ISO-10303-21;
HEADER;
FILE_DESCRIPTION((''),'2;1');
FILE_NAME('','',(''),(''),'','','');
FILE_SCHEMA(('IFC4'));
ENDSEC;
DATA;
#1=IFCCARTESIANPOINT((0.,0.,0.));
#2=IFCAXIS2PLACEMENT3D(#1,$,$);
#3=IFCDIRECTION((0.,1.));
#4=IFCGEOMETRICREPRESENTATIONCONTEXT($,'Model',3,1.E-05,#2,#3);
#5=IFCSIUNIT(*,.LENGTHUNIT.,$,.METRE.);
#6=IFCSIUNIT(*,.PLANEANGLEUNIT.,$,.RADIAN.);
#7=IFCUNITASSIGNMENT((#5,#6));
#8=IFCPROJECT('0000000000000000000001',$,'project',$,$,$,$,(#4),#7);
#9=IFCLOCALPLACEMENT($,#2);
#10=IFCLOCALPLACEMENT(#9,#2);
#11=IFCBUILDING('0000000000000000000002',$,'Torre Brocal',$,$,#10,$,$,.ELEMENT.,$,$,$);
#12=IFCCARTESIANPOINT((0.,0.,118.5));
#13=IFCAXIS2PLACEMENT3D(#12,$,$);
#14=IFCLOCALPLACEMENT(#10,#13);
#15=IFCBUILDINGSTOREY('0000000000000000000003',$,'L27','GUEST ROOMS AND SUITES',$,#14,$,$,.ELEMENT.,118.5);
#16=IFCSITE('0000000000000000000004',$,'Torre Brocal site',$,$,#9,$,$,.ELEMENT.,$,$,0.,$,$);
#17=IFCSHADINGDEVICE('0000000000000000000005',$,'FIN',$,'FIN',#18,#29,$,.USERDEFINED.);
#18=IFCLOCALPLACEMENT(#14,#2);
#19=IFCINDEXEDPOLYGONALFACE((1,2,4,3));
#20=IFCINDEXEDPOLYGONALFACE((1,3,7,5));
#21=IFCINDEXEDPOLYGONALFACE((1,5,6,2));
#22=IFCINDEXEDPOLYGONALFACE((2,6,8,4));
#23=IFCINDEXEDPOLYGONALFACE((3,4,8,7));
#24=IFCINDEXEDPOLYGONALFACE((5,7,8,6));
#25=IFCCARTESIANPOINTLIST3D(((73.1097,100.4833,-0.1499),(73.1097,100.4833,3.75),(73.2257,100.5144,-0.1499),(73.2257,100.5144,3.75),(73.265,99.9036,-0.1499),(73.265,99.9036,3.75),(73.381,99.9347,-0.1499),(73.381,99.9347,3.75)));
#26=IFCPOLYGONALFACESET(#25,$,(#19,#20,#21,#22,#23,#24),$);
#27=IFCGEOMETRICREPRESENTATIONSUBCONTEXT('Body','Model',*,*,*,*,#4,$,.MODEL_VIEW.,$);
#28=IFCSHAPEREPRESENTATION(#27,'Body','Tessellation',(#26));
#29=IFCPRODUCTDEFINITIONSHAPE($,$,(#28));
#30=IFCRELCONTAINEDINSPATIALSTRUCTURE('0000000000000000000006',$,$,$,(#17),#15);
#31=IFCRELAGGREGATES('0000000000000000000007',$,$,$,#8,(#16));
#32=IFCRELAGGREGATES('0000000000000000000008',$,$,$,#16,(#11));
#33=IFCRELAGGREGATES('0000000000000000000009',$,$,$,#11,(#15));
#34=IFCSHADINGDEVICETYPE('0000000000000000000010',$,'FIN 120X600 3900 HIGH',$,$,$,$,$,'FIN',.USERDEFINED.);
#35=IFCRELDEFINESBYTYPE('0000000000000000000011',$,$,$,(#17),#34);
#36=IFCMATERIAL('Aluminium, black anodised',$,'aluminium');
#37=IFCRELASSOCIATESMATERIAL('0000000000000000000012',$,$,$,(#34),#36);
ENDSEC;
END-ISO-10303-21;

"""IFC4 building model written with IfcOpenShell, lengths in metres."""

from ifc_helpers import new_model, si_unit, direction, frame, origin, origin_2d, place, context, subcontext, project, spatial, rectangle, extrude, material, material_profile, profile_set, type_object, element, save


model = new_model("IFC4")

# Units and contexts
model_context = context("Model", 3, precision=1e-05, world=origin(), true_north=direction((0.0, 1.0)))
body_context = subcontext(model_context, "Body", "Model", "MODEL_VIEW")
ifc_project = project(units=[si_unit("LENGTHUNIT", "METRE"), si_unit("PLANEANGLEUNIT", "RADIAN")], contexts=[model_context])

# Site, building, storey
site_placement = place(None, origin())
site = spatial("IfcSite", under=ifc_project, at=site_placement, Name="Torre Brocal site", CompositionType="ELEMENT", RefElevation=0.0)
building_placement = place(site_placement, origin())
building = spatial("IfcBuilding", under=site, at=building_placement, Name="Torre Brocal", CompositionType="ELEMENT")
storey_placement = place(building_placement, frame((0.0, 0.0, 118.5)))
storey = spatial("IfcBuildingStorey", under=building, at=storey_placement, Name="L27", Description="GUEST ROOMS AND SUITES", CompositionType="ELEMENT", Elevation=118.5)

# Shading device
ifc_material_1 = material(Name="Aluminium, black anodised", Category="aluminium")
ifc_material_profile_1 = material_profile(ifc_material_1, rectangle(XDim=0.1201, YDim=0.6001, at=origin_2d()), Name="FIN 120X600 3900 HIGH")
ifc_profile_set_1 = profile_set([ifc_material_profile_1], Name="Aluminium, black anodised")
shading_device_type = type_object("IfcShadingDeviceType", Name="FIN 120X600 3900 HIGH", ElementType="FIN", PredefinedType="USERDEFINED", material=ifc_profile_set_1)
shading_device_placement = place(storey_placement, frame((73.2454, 100.209, -0.1499), z_axis=(0.0, 0.0, 1.0), x_axis=(-0.965926, -0.258819, 0.0)))
element("IfcShadingDevice", 1, at=shading_device_placement, inside=storey, type_object=shading_device_type, Name="FIN", ObjectType="FIN", PredefinedType="USERDEFINED", context=body_context, shape_type="SweptSolid", body=[
    extrude(rectangle(XDim=0.1201, YDim=0.6001, at=origin_2d()), origin(), (0.0, 0.0, 1.0), 3.8999),
])

save(model, "model.ifc")
